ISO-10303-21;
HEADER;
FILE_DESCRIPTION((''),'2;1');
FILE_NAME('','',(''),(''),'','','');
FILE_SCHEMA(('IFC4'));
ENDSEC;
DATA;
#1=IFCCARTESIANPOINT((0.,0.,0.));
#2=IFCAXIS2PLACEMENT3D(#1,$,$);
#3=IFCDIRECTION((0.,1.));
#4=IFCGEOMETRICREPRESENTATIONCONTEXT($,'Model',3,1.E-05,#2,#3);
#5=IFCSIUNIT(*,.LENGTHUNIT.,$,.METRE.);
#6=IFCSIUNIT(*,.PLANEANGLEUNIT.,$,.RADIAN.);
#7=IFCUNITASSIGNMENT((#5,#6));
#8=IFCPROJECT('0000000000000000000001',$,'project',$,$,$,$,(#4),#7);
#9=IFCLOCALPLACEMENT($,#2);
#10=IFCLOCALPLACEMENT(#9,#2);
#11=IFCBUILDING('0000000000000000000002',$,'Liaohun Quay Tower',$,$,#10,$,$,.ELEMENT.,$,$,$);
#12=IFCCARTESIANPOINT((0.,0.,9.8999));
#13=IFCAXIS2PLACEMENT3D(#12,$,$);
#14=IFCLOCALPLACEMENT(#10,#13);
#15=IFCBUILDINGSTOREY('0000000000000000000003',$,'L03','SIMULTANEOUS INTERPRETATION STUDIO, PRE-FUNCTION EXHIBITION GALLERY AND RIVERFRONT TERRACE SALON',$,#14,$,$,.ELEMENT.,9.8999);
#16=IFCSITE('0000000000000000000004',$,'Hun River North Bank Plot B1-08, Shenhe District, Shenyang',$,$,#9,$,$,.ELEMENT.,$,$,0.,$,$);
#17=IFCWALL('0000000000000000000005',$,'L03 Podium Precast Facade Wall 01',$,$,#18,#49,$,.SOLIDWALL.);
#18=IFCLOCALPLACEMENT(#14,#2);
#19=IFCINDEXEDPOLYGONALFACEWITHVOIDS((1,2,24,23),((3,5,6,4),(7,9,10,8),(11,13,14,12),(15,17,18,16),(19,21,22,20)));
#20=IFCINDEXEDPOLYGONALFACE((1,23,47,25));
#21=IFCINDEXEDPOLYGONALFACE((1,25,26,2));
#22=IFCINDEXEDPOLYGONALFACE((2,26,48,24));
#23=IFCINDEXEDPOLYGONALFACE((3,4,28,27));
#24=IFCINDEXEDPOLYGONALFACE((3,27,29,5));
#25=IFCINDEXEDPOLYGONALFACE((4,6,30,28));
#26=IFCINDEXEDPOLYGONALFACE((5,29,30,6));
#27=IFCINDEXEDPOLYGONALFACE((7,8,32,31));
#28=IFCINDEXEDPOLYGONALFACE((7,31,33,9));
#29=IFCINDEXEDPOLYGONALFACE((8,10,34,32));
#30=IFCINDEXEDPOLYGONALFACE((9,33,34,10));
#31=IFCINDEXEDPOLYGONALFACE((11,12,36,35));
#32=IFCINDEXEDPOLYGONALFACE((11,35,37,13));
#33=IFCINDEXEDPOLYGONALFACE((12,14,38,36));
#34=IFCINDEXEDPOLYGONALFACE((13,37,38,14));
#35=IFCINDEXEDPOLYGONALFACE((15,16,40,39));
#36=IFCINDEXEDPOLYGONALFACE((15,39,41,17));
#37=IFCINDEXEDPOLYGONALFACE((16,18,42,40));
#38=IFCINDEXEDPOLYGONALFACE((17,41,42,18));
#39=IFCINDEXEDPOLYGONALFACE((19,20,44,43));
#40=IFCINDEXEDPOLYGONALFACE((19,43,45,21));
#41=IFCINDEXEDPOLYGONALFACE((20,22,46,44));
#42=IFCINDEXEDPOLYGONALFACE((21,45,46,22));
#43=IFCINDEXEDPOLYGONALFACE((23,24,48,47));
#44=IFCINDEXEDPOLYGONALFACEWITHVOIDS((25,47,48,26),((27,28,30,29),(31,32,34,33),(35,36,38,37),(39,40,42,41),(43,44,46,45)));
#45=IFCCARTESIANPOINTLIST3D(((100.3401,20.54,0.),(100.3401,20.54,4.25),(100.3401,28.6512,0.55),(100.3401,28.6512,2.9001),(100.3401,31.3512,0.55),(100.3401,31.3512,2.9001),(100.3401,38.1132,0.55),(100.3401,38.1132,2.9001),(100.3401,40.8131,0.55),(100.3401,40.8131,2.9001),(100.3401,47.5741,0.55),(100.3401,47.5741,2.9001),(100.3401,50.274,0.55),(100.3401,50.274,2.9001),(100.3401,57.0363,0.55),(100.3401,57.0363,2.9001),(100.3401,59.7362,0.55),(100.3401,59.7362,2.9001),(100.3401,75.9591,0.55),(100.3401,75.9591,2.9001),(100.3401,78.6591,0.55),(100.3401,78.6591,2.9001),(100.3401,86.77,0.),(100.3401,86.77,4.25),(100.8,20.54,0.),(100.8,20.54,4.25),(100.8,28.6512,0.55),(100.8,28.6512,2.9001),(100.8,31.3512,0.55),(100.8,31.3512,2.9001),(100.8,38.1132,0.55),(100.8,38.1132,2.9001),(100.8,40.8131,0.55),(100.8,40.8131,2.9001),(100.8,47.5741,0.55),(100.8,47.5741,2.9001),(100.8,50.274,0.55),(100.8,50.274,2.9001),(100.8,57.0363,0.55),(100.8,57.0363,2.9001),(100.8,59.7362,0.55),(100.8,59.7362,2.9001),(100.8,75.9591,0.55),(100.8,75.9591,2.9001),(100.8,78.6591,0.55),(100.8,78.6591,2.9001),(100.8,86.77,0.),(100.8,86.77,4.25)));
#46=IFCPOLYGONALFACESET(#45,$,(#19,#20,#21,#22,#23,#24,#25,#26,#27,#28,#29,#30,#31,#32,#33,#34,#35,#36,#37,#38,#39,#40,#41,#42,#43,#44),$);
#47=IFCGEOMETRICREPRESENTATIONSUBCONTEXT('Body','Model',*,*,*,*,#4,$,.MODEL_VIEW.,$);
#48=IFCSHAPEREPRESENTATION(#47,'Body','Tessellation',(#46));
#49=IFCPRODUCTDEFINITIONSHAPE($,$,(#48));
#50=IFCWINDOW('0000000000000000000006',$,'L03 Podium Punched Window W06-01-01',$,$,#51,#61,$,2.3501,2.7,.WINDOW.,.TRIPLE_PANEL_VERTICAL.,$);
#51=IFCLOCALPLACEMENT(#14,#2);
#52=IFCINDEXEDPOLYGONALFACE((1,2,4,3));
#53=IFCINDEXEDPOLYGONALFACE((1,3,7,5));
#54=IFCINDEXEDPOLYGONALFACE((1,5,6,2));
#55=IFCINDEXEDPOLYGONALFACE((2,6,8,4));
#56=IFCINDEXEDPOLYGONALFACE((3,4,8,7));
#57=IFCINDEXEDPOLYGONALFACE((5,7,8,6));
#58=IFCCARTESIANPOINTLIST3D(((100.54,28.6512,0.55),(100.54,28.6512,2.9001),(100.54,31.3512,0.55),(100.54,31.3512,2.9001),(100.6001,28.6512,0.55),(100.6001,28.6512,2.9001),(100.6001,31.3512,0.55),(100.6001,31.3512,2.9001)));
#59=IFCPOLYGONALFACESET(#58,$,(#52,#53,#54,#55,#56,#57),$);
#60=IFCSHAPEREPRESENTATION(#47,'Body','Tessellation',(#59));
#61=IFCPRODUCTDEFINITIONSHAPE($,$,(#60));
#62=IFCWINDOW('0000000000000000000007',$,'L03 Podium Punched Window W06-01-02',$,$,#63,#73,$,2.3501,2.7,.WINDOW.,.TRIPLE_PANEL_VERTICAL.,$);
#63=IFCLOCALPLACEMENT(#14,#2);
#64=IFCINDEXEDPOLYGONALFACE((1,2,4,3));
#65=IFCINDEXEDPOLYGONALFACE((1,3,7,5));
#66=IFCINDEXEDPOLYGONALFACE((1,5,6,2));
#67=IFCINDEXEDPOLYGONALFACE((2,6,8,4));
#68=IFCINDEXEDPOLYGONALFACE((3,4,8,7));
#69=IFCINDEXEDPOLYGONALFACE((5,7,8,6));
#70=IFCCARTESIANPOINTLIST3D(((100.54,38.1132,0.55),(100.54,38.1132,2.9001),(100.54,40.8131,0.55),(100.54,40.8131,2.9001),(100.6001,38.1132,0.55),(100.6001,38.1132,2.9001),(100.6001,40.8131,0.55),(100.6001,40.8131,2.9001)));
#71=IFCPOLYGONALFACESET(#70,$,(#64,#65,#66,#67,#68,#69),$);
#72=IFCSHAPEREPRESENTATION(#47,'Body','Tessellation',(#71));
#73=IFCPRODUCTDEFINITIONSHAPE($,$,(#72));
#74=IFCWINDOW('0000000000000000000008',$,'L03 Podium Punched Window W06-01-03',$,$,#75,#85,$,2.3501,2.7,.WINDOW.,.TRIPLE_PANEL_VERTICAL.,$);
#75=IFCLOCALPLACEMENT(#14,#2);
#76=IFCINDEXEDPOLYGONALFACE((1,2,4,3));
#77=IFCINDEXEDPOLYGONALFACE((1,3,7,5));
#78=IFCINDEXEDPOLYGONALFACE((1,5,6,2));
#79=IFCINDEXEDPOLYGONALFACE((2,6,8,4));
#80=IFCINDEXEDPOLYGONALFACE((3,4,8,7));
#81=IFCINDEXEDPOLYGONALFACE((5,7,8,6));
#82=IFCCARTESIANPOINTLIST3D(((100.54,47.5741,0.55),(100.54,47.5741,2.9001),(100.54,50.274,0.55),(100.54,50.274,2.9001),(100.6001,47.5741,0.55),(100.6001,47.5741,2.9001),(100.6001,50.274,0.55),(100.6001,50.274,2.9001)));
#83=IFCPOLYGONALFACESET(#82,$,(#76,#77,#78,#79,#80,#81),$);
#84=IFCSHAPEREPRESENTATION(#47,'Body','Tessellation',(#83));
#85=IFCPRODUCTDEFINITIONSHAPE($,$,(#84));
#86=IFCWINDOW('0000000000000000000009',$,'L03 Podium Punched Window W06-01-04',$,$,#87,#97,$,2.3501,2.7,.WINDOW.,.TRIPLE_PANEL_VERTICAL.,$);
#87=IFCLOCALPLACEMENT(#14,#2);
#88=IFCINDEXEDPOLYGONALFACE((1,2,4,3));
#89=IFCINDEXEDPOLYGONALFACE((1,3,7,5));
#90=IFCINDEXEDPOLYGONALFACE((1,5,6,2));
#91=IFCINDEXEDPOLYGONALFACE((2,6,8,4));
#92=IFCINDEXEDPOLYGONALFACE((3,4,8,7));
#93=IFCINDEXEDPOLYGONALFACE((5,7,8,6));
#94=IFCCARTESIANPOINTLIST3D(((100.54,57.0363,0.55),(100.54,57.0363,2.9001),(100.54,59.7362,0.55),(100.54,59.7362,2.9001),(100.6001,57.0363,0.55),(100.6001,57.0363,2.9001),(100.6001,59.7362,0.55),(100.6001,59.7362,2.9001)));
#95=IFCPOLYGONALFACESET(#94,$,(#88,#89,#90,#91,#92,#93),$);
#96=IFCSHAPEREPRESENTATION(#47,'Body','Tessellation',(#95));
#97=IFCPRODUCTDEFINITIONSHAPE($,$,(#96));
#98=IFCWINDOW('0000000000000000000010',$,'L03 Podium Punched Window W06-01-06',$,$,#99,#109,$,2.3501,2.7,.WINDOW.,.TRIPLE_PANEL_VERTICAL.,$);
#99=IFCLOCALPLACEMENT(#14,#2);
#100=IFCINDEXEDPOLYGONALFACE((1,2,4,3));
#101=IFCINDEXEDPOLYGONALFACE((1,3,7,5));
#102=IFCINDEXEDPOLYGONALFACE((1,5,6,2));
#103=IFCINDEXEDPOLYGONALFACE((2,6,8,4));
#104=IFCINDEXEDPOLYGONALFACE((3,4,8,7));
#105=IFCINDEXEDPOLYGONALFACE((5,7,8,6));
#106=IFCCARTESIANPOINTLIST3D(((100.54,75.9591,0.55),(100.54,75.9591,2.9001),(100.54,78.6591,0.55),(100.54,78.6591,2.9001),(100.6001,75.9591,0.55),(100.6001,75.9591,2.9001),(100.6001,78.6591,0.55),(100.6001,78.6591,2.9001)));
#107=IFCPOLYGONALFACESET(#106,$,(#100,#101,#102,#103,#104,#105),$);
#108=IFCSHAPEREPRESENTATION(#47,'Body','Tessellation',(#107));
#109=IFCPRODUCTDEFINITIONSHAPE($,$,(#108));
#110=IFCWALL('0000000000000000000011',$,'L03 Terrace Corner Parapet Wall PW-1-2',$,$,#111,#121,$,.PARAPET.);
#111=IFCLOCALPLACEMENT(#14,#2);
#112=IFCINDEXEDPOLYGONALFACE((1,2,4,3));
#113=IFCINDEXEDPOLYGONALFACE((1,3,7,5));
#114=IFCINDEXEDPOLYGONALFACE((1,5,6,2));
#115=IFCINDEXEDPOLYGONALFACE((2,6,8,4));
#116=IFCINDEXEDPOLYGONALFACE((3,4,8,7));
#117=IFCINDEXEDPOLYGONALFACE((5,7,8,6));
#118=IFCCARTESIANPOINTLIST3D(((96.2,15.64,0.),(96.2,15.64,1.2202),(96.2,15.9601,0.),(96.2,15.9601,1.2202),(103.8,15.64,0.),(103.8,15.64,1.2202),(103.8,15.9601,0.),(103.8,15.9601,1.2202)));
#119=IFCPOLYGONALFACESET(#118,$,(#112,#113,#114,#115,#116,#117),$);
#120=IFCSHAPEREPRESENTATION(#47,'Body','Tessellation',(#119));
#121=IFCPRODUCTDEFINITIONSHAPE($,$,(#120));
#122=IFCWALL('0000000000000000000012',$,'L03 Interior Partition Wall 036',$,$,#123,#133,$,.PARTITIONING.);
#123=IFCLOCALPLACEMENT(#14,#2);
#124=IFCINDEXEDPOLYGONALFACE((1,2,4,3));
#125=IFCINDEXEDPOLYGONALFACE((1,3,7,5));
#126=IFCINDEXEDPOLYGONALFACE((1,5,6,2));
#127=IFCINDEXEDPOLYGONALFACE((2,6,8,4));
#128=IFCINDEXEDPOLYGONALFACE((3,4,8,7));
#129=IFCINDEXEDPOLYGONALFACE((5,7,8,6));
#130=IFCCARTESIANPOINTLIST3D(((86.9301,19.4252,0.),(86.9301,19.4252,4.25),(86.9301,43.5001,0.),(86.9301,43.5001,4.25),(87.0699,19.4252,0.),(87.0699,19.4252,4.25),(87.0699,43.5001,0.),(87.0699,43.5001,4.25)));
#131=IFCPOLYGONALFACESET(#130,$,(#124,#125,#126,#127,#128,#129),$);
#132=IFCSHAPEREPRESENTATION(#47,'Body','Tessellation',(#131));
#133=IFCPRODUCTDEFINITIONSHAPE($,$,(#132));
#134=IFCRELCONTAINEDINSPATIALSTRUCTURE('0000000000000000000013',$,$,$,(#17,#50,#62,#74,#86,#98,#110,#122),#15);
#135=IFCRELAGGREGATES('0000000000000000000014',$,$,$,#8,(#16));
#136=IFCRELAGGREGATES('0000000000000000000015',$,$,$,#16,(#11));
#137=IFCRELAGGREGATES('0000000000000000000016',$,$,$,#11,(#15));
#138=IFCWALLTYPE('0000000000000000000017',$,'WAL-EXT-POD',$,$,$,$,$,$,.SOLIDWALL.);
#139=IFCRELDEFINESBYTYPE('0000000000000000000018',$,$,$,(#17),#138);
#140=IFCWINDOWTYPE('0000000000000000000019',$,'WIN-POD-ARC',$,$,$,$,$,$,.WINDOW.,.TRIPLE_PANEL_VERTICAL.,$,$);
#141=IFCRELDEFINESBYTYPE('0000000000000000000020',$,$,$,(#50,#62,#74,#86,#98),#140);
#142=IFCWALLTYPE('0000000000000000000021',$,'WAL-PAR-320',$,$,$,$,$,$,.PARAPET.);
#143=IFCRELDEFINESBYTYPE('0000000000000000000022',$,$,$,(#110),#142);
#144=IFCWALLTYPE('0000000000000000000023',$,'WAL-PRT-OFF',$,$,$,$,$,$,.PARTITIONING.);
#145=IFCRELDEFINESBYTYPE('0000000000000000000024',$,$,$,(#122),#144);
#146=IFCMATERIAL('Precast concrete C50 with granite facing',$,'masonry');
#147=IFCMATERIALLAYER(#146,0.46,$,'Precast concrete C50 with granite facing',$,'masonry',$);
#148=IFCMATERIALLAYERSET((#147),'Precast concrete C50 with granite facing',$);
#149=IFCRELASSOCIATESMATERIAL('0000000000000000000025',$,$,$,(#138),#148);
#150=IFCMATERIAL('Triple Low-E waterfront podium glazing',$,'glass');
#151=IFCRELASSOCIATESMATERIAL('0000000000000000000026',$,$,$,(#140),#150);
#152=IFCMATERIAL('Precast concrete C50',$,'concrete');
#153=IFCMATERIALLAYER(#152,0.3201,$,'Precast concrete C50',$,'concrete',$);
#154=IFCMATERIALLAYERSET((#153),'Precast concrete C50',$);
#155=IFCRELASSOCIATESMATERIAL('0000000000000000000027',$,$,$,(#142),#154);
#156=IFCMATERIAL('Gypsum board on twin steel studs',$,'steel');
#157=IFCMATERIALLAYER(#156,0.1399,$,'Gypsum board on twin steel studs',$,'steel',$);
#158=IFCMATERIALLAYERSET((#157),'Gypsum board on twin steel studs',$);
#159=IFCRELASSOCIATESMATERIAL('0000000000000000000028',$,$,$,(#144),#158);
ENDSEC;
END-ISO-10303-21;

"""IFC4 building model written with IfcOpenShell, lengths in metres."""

from ifc_helpers import new_model, si_unit, direction, frame, frame_2d, origin, place, context, subcontext, project, spatial, rectangle, extrude, source, transform, mapped, material, layer, layer_set, type_object, element, fill, save


model = new_model("IFC4")

# Units and contexts
model_context = context("Model", 3, precision=1e-05, world=origin(), true_north=direction((0.0, 1.0)))
body_context = subcontext(model_context, "Body", "Model", "MODEL_VIEW")
ifc_project = project(units=[si_unit("LENGTHUNIT", "METRE"), si_unit("PLANEANGLEUNIT", "RADIAN")], contexts=[model_context])

# Site, building, storey
site_placement = place(None, origin())
site = spatial("IfcSite", under=ifc_project, at=site_placement, Name="Hun River North Bank Plot B1-08, Shenhe District, Shenyang", CompositionType="ELEMENT", RefElevation=0.0)
building_placement = place(site_placement, origin())
building = spatial("IfcBuilding", under=site, at=building_placement, Name="Liaohun Quay Tower", CompositionType="ELEMENT")
storey_placement = place(building_placement, frame((0.0, 0.0, 9.8999)))
storey = spatial("IfcBuildingStorey", under=building, at=storey_placement, Name="L03", Description="SIMULTANEOUS INTERPRETATION STUDIO, PRE-FUNCTION EXHIBITION GALLERY AND RIVERFRONT TERRACE SALON", CompositionType="ELEMENT", Elevation=9.8999)

# Wall, openings, windows
ifc_material_1 = material(Name="Precast concrete C50 with granite facing", Category="masonry")
ifc_layer_1 = layer(ifc_material_1, 0.46, Name="Precast concrete C50 with granite facing", Category="masonry")
ifc_layer_set_1 = layer_set([ifc_layer_1], Name="Precast concrete C50 with granite facing")
wall_type_1 = type_object("IfcWallType", Name="WAL-EXT-POD", PredefinedType="SOLIDWALL", material=ifc_layer_set_1)
wall_1_placement = place(storey_placement, frame((100.5701, 20.54, 0.0), z_axis=(0.0, 0.0, 1.0), x_axis=(0.0, 1.0, 0.0)))
wall_1 = element("IfcWall", 1, at=wall_1_placement, inside=storey, type_object=wall_type_1, Name="L03 Podium Precast Facade Wall 01", PredefinedType="SOLIDWALL", context=body_context, shape_type="SweptSolid", body=[
    extrude(rectangle(XDim=66.23, YDim=0.46, at=frame_2d((33.115, 0.0))), origin(), (0.0, 0.0, 1.0), 4.25),
])
shared_shape_1 = source(origin(), body_context, "Body", "SweptSolid", [
    extrude(rectangle(XDim=2.7, YDim=2.3501, at=frame_2d((1.3501, 1.175))), frame((0.0, 0.24, 0.0), z_axis=(0.0, -1.0, 0.0), x_axis=(1.0, 0.0, 0.0)), (0.0, 0.0, 1.0), 0.48),
])
opening_1_placement = place(wall_1_placement, frame((8.1111, 0.0, 0.55)))
opening_1 = element("IfcOpeningElement", 2, at=opening_1_placement, cuts=wall_1, PredefinedType="OPENING", context=body_context, shape_type="MappedRepresentation", body=[
    mapped(shared_shape_1, transform((0.0, 0.0, 0.0), x_axis=(1.0, 0.0, 0.0), y_axis=(0.0, 1.0, 0.0), z_axis=(0.0, 0.0, 1.0), scale=1.0)),
])
opening_2_placement = place(wall_1_placement, frame((17.573, 0.0, 0.55)))
opening_2 = element("IfcOpeningElement", 3, at=opening_2_placement, cuts=wall_1, PredefinedType="OPENING", context=body_context, shape_type="MappedRepresentation", body=[
    mapped(shared_shape_1, transform((0.0, 0.0, 0.0), x_axis=(1.0, 0.0, 0.0), y_axis=(0.0, 1.0, 0.0), z_axis=(0.0, 0.0, 1.0), scale=1.0)),
])
opening_3_placement = place(wall_1_placement, frame((27.0339, 0.0, 0.55)))
opening_3 = element("IfcOpeningElement", 4, at=opening_3_placement, cuts=wall_1, PredefinedType="OPENING", context=body_context, shape_type="MappedRepresentation", body=[
    mapped(shared_shape_1, transform((0.0, 0.0, 0.0), x_axis=(1.0, 0.0, 0.0), y_axis=(0.0, 1.0, 0.0), z_axis=(0.0, 0.0, 1.0), scale=1.0)),
])
opening_4_placement = place(wall_1_placement, frame((36.4961, 0.0, 0.55)))
opening_4 = element("IfcOpeningElement", 5, at=opening_4_placement, cuts=wall_1, PredefinedType="OPENING", context=body_context, shape_type="MappedRepresentation", body=[
    mapped(shared_shape_1, transform((0.0, 0.0, 0.0), x_axis=(1.0, 0.0, 0.0), y_axis=(0.0, 1.0, 0.0), z_axis=(0.0, 0.0, 1.0), scale=1.0)),
])
opening_5_placement = place(wall_1_placement, frame((55.4189, 0.0, 0.55)))
opening_5 = element("IfcOpeningElement", 6, at=opening_5_placement, cuts=wall_1, PredefinedType="OPENING", context=body_context, shape_type="MappedRepresentation", body=[
    mapped(shared_shape_1, transform((0.0, 0.0, 0.0), x_axis=(1.0, 0.0, 0.0), y_axis=(0.0, 1.0, 0.0), z_axis=(0.0, 0.0, 1.0), scale=1.0)),
])
ifc_material_2 = material(Name="Triple Low-E waterfront podium glazing", Category="glass")
window_type = type_object("IfcWindowType", Name="WIN-POD-ARC", PartitioningType="TRIPLE_PANEL_VERTICAL", PredefinedType="WINDOW", material=ifc_material_2)
shared_shape_2 = source(origin(), body_context, "Body", "SweptSolid", [
    extrude(rectangle(XDim=2.7, YDim=2.3501, at=frame_2d((1.3501, 1.175))), frame((0.0, 0.03, 0.0), z_axis=(0.0, -1.0, 0.0), x_axis=(1.0, 0.0, 0.0)), (0.0, 0.0, 1.0), 0.0601),
])
window_1_placement = place(opening_1_placement, origin())
window_1 = element("IfcWindow", 7, at=window_1_placement, inside=storey, type_object=window_type, Name="L03 Podium Punched Window W06-01-01", OverallHeight=2.3501, OverallWidth=2.7, PartitioningType="TRIPLE_PANEL_VERTICAL", PredefinedType="WINDOW", context=body_context, shape_type="MappedRepresentation", body=[
    mapped(shared_shape_2, transform((0.0, 0.0, 0.0), x_axis=(1.0, 0.0, 0.0), y_axis=(0.0, 1.0, 0.0), z_axis=(0.0, 0.0, 1.0), scale=1.0)),
])
fill(opening_1, window_1)
window_2_placement = place(opening_2_placement, origin())
window_2 = element("IfcWindow", 8, at=window_2_placement, inside=storey, type_object=window_type, Name="L03 Podium Punched Window W06-01-02", OverallHeight=2.3501, OverallWidth=2.7, PartitioningType="TRIPLE_PANEL_VERTICAL", PredefinedType="WINDOW", context=body_context, shape_type="MappedRepresentation", body=[
    mapped(shared_shape_2, transform((0.0, 0.0, 0.0), x_axis=(1.0, 0.0, 0.0), y_axis=(0.0, 1.0, 0.0), z_axis=(0.0, 0.0, 1.0), scale=1.0)),
])
fill(opening_2, window_2)
window_3_placement = place(opening_3_placement, origin())
window_3 = element("IfcWindow", 9, at=window_3_placement, inside=storey, type_object=window_type, Name="L03 Podium Punched Window W06-01-03", OverallHeight=2.3501, OverallWidth=2.7, PartitioningType="TRIPLE_PANEL_VERTICAL", PredefinedType="WINDOW", context=body_context, shape_type="MappedRepresentation", body=[
    mapped(shared_shape_2, transform((0.0, 0.0, 0.0), x_axis=(1.0, 0.0, 0.0), y_axis=(0.0, 1.0, 0.0), z_axis=(0.0, 0.0, 1.0), scale=1.0)),
])
fill(opening_3, window_3)
window_4_placement = place(opening_4_placement, origin())
window_4 = element("IfcWindow", 10, at=window_4_placement, inside=storey, type_object=window_type, Name="L03 Podium Punched Window W06-01-04", OverallHeight=2.3501, OverallWidth=2.7, PartitioningType="TRIPLE_PANEL_VERTICAL", PredefinedType="WINDOW", context=body_context, shape_type="MappedRepresentation", body=[
    mapped(shared_shape_2, transform((0.0, 0.0, 0.0), x_axis=(1.0, 0.0, 0.0), y_axis=(0.0, 1.0, 0.0), z_axis=(0.0, 0.0, 1.0), scale=1.0)),
])
fill(opening_4, window_4)
window_5_placement = place(opening_5_placement, origin())
window_5 = element("IfcWindow", 11, at=window_5_placement, inside=storey, type_object=window_type, Name="L03 Podium Punched Window W06-01-06", OverallHeight=2.3501, OverallWidth=2.7, PartitioningType="TRIPLE_PANEL_VERTICAL", PredefinedType="WINDOW", context=body_context, shape_type="MappedRepresentation", body=[
    mapped(shared_shape_2, transform((0.0, 0.0, 0.0), x_axis=(1.0, 0.0, 0.0), y_axis=(0.0, 1.0, 0.0), z_axis=(0.0, 0.0, 1.0), scale=1.0)),
])
fill(opening_5, window_5)

# Walls
ifc_material_3 = material(Name="Precast concrete C50", Category="concrete")
ifc_layer_2 = layer(ifc_material_3, 0.3201, Name="Precast concrete C50", Category="concrete")
ifc_layer_set_2 = layer_set([ifc_layer_2], Name="Precast concrete C50")
wall_type_2 = type_object("IfcWallType", Name="WAL-PAR-320", PredefinedType="PARAPET", material=ifc_layer_set_2)
wall_2_placement = place(storey_placement, frame((96.2, 15.8, 0.0), z_axis=(0.0, 0.0, 1.0), x_axis=(1.0, 0.0, 0.0)))
element("IfcWall", 12, at=wall_2_placement, inside=storey, type_object=wall_type_2, Name="L03 Terrace Corner Parapet Wall PW-1-2", PredefinedType="PARAPET", context=body_context, shape_type="SweptSolid", body=[
    extrude(rectangle(XDim=7.6001, YDim=0.3201, at=frame_2d((3.8, 0.0))), origin(), (0.0, 0.0, 1.0), 1.2202),
])
ifc_material_4 = material(Name="Gypsum board on twin steel studs", Category="steel")
ifc_layer_3 = layer(ifc_material_4, 0.1399, Name="Gypsum board on twin steel studs", Category="steel")
ifc_layer_set_3 = layer_set([ifc_layer_3], Name="Gypsum board on twin steel studs")
wall_type_3 = type_object("IfcWallType", Name="WAL-PRT-OFF", PredefinedType="PARTITIONING", material=ifc_layer_set_3)
wall_3_placement = place(storey_placement, frame((87.0, 19.425, 0.0), z_axis=(0.0, 0.0, 1.0), x_axis=(0.0, 1.0, 0.0)))
element("IfcWall", 13, at=wall_3_placement, inside=storey, type_object=wall_type_3, Name="L03 Interior Partition Wall 036", PredefinedType="PARTITIONING", context=body_context, shape_type="SweptSolid", body=[
    extrude(rectangle(XDim=24.075, YDim=0.1399, at=frame_2d((12.0376, 0.0))), origin(), (0.0, 0.0, 1.0), 4.25),
])

save(model, "model.ifc")
